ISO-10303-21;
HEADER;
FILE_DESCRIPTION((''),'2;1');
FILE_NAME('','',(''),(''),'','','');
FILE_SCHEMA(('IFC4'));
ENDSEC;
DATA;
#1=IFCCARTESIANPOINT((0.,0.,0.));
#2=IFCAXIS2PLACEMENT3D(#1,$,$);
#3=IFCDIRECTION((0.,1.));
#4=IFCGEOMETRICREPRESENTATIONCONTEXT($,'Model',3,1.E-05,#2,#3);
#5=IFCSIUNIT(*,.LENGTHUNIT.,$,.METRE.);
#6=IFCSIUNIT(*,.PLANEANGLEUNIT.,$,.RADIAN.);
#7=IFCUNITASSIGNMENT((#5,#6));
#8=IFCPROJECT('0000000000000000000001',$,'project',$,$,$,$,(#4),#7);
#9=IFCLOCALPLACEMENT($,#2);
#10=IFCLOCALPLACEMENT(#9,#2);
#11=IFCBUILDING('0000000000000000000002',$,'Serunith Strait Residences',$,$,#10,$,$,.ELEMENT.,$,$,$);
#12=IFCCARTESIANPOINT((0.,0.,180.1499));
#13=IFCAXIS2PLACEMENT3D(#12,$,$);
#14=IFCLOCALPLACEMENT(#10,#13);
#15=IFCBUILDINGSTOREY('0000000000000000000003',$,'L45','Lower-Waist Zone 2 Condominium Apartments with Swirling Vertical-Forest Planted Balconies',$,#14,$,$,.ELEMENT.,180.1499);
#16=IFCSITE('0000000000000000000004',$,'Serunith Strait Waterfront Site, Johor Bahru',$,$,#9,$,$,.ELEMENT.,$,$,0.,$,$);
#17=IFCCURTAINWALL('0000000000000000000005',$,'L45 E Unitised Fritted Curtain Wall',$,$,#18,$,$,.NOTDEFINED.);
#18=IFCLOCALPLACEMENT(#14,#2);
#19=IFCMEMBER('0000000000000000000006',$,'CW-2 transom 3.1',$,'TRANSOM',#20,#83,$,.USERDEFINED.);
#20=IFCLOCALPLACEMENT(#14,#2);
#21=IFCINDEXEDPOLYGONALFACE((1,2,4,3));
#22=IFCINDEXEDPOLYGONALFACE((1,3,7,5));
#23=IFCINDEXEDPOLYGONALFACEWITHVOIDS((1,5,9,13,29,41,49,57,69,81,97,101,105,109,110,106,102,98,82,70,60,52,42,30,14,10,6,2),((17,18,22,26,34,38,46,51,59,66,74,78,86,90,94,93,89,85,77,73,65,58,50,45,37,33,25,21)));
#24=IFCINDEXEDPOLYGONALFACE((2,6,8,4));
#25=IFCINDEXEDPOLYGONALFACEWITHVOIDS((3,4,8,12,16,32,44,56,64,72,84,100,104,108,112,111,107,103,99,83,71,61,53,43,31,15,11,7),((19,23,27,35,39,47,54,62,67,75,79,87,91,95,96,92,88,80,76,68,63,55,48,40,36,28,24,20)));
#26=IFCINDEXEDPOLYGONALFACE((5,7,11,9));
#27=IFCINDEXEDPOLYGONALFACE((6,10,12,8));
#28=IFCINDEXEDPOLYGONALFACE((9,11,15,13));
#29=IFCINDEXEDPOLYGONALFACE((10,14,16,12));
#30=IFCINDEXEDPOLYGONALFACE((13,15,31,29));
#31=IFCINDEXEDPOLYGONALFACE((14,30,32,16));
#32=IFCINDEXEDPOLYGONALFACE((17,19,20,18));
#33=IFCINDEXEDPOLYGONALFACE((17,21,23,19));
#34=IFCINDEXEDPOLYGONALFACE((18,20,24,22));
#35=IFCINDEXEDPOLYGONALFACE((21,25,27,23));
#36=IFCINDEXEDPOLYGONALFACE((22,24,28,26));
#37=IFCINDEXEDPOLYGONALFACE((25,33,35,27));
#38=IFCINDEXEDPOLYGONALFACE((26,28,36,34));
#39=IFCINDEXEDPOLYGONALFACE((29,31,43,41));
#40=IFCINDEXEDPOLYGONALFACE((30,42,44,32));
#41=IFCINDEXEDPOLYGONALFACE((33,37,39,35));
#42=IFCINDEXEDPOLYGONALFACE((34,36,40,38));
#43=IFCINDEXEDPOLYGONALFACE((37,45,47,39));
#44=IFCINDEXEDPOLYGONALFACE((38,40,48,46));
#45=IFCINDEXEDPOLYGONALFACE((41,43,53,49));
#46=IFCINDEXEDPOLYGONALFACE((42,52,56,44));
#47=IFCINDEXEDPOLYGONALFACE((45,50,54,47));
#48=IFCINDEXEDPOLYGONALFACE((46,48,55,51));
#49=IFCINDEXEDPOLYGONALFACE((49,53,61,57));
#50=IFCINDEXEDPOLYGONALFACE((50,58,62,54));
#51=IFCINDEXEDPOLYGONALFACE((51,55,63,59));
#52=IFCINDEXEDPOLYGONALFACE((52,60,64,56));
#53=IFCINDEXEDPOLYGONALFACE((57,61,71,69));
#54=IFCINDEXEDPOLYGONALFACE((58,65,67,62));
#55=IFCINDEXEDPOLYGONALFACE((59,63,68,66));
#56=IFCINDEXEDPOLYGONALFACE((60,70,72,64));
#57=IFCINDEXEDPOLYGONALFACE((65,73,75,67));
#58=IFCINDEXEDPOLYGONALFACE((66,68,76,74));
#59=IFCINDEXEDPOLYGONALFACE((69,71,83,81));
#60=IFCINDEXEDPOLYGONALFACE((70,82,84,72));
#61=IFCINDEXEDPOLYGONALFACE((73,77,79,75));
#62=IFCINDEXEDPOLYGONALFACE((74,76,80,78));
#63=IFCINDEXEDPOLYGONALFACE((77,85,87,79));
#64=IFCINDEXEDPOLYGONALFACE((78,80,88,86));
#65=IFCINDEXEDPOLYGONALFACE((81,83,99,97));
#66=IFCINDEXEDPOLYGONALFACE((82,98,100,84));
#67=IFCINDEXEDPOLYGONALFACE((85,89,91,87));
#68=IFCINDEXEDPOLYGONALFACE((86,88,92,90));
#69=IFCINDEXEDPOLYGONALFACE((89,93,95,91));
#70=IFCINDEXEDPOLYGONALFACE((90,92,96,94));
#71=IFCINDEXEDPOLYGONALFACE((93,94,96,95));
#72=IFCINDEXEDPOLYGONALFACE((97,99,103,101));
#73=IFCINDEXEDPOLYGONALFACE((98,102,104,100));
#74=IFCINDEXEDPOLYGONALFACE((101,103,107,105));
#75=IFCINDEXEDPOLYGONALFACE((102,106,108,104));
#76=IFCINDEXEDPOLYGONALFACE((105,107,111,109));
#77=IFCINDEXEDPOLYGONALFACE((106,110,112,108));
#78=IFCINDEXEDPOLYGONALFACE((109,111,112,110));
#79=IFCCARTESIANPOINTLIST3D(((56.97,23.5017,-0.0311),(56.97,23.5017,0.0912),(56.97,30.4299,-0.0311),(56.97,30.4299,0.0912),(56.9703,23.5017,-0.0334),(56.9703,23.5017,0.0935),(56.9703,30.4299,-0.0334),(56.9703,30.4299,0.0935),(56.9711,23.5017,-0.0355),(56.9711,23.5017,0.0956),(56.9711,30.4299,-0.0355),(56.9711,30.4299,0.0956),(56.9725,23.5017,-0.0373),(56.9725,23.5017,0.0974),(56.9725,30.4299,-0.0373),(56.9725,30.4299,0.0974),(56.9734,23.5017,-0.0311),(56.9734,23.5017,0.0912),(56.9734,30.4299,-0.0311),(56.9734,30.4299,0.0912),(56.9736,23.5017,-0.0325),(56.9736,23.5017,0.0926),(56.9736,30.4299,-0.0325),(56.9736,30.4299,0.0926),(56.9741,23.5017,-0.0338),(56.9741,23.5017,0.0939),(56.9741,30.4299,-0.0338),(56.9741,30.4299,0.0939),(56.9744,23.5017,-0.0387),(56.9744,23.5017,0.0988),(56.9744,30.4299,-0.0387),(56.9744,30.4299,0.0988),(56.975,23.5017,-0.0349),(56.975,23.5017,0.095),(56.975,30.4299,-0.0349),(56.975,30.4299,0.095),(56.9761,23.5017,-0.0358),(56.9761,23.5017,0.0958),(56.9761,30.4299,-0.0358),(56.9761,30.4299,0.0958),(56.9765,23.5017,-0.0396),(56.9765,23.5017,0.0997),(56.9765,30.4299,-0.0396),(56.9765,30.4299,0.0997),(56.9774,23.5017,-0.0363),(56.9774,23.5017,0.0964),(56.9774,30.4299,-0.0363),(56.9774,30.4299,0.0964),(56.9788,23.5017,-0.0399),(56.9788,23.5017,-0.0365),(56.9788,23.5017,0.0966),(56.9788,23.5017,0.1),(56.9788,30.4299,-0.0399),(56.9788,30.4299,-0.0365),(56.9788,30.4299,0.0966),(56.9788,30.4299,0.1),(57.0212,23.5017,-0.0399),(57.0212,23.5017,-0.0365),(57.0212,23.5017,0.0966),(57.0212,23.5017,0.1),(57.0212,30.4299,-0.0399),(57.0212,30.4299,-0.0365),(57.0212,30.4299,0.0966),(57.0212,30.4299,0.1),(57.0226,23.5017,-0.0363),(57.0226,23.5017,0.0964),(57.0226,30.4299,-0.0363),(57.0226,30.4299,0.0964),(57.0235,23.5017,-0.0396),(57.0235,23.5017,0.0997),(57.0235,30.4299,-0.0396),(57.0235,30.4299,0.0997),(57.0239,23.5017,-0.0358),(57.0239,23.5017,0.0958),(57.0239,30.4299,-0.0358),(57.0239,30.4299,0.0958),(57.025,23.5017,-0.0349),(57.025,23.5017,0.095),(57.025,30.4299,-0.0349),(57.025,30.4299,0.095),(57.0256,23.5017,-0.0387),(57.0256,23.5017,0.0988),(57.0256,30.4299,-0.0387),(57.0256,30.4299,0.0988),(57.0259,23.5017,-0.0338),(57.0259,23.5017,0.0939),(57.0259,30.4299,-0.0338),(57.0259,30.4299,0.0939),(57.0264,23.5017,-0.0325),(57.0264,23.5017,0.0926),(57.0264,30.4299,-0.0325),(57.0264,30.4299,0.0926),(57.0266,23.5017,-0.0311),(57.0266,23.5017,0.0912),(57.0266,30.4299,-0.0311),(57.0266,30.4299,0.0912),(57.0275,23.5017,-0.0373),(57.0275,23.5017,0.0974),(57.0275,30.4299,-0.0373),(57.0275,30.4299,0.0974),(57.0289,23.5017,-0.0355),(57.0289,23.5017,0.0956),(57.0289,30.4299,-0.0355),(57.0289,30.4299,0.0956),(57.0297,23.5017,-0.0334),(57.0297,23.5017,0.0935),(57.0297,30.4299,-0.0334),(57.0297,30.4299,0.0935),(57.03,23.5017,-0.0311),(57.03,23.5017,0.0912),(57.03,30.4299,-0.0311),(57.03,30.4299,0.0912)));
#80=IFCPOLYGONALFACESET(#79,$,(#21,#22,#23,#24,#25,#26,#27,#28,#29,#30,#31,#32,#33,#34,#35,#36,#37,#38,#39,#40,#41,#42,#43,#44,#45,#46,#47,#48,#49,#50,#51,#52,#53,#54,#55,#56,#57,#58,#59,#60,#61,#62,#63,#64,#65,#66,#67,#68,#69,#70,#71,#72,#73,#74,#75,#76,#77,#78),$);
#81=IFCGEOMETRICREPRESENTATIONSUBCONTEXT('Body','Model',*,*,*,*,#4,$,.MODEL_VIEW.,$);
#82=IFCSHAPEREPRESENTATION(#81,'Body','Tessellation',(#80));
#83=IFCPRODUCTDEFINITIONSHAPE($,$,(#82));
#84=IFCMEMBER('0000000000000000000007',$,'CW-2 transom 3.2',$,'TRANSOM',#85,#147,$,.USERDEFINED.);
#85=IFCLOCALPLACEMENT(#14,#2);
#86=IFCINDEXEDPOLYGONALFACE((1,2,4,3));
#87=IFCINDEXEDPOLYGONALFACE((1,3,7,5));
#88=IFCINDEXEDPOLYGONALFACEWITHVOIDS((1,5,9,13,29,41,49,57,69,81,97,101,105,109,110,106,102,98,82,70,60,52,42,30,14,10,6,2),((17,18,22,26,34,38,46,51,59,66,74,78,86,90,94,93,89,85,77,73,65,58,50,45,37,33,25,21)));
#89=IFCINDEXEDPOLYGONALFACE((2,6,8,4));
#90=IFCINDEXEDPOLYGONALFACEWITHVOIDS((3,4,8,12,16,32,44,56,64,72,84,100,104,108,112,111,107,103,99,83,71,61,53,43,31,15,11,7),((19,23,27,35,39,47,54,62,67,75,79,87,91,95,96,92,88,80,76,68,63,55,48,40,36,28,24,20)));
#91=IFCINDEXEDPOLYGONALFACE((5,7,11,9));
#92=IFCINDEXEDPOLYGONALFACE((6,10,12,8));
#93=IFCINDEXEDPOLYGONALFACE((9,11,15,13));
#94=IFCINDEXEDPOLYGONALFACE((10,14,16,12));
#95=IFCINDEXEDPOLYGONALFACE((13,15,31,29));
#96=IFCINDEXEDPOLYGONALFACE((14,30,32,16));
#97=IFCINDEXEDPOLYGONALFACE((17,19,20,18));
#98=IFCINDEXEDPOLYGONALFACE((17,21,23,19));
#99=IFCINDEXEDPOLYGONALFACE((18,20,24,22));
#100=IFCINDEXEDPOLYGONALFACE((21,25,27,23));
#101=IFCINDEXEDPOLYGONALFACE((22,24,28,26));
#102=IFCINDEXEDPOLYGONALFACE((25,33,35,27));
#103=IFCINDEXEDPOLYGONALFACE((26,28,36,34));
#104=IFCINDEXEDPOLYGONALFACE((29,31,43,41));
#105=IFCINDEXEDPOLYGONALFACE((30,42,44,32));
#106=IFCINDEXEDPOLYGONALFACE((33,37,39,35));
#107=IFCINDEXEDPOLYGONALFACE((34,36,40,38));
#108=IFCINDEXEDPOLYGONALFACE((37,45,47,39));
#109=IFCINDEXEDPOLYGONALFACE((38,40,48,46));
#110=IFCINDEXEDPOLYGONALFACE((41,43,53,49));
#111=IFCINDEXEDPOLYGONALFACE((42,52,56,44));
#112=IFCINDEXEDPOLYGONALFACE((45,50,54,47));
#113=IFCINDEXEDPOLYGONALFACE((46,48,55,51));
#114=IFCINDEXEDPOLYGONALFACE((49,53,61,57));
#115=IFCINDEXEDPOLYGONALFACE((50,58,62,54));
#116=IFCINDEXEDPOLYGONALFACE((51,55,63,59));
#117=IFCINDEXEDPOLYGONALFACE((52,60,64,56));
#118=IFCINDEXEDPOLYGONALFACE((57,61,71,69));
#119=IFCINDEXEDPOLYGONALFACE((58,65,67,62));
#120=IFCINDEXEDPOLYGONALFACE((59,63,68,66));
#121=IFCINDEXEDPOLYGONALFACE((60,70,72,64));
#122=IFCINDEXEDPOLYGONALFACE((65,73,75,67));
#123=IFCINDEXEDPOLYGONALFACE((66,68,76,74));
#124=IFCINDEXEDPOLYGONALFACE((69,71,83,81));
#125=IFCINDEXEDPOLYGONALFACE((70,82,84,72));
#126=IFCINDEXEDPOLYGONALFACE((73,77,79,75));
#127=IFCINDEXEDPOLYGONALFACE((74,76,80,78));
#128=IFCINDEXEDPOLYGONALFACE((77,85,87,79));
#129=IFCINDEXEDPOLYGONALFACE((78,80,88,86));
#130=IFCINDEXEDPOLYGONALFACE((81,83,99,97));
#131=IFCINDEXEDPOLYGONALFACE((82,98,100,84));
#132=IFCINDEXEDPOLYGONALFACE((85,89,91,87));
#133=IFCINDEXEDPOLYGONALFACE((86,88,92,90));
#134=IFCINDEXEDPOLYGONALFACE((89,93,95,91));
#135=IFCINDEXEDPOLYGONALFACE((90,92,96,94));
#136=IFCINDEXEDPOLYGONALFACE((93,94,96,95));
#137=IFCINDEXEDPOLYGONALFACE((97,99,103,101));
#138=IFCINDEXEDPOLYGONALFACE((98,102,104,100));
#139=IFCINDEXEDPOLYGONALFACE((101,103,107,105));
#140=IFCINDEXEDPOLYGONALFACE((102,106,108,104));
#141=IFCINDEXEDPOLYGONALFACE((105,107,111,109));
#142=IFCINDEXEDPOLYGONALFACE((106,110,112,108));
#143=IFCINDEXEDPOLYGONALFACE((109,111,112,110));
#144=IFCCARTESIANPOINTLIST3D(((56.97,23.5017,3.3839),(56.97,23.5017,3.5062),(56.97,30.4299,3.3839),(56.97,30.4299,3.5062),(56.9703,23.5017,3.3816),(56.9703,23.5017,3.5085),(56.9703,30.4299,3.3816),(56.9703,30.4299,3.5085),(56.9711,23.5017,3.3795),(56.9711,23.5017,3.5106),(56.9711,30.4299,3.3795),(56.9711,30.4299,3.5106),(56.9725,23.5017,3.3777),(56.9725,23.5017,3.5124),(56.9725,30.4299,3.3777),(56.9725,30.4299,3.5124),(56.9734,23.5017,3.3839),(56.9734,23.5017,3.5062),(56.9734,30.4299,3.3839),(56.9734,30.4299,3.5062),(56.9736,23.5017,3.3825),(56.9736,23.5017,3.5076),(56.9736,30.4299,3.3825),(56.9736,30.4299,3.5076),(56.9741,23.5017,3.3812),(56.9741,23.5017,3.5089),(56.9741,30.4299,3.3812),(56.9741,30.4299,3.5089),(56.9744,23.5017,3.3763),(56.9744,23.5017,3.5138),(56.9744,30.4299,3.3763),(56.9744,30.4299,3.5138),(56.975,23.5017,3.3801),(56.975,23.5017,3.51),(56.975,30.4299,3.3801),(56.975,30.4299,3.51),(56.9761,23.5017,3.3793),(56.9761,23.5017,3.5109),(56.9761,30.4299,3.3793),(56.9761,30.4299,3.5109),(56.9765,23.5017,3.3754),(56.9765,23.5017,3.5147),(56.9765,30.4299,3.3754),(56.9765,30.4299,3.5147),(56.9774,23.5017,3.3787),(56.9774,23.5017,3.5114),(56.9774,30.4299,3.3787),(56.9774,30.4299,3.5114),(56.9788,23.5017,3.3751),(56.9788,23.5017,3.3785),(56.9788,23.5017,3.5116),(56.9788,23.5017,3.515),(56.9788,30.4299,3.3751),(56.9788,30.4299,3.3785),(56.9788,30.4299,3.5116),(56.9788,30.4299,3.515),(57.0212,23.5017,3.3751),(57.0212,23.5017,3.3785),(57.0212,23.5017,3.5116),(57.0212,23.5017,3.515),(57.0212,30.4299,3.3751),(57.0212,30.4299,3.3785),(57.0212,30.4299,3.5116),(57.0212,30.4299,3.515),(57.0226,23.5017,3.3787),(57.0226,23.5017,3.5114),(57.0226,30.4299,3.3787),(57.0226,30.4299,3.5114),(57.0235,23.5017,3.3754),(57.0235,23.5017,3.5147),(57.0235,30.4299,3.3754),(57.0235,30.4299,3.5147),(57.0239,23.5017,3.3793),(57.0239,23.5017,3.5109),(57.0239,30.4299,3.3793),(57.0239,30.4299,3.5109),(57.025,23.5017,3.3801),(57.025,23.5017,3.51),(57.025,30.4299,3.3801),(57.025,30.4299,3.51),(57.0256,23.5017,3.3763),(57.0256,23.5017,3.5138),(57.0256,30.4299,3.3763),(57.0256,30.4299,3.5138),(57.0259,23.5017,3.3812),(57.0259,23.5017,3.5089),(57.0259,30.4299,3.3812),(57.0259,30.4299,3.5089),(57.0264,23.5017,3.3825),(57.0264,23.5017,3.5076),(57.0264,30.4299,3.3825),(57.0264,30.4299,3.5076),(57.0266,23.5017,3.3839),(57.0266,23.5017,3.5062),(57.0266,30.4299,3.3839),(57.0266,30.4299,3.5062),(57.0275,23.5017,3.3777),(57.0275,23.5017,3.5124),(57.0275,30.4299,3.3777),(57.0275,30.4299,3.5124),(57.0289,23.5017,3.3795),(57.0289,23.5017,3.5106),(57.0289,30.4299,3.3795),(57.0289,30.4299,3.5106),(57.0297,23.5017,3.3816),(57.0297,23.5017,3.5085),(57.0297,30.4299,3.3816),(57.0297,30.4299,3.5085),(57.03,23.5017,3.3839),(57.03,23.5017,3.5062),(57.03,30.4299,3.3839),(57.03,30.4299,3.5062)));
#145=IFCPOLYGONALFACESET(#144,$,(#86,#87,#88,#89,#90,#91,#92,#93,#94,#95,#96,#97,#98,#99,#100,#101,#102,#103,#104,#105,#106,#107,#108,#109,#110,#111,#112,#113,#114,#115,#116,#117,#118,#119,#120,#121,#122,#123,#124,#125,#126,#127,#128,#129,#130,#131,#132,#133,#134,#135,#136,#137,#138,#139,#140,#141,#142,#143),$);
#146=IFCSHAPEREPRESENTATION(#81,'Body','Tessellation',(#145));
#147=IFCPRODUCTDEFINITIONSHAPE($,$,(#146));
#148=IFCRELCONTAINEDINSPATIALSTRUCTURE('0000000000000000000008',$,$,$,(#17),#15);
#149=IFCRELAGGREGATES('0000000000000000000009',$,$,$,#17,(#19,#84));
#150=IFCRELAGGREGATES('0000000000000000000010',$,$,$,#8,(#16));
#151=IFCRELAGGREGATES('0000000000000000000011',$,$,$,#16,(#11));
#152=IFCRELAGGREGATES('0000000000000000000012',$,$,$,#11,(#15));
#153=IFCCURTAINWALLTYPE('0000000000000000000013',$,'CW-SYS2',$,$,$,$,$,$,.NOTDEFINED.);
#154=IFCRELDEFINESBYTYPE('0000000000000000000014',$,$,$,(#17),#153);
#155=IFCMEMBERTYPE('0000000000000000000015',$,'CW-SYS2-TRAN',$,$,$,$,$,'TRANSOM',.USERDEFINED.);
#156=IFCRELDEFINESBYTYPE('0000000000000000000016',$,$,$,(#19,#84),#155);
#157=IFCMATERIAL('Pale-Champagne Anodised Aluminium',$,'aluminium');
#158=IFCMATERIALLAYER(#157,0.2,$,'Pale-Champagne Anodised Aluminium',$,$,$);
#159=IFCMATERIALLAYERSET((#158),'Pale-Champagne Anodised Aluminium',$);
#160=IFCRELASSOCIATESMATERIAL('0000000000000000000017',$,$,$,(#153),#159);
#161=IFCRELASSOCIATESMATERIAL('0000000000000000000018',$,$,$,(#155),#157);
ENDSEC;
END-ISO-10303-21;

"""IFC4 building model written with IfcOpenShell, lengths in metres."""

from ifc_helpers import new_model, si_unit, direction, frame, origin, origin_2d, place, context, subcontext, project, spatial, hollow_rectangle, extrude, source, transform, mapped, material, layer, layer_set, material_profile, profile_set, type_object, element, aggregate, save


model = new_model("IFC4")

# Units and contexts
model_context = context("Model", 3, precision=1e-05, world=origin(), true_north=direction((0.0, 1.0)))
body_context = subcontext(model_context, "Body", "Model", "MODEL_VIEW")
ifc_project = project(units=[si_unit("LENGTHUNIT", "METRE"), si_unit("PLANEANGLEUNIT", "RADIAN")], contexts=[model_context])

# Site, building, storey
site_placement = place(None, origin())
site = spatial("IfcSite", under=ifc_project, at=site_placement, Name="Serunith Strait Waterfront Site, Johor Bahru", CompositionType="ELEMENT", RefElevation=0.0)
building_placement = place(site_placement, origin())
building = spatial("IfcBuilding", under=site, at=building_placement, Name="Serunith Strait Residences", CompositionType="ELEMENT")
storey_placement = place(building_placement, frame((0.0, 0.0, 180.1499)))
storey = spatial("IfcBuildingStorey", under=building, at=storey_placement, Name="L45", Description="Lower-Waist Zone 2 Condominium Apartments with Swirling Vertical-Forest Planted Balconies", CompositionType="ELEMENT", Elevation=180.1499)

# Curtain wall, members
ifc_material_1 = material(Name="Pale-Champagne Anodised Aluminium", Category="aluminium")
ifc_layer_1 = layer(ifc_material_1, 0.2, Name="Pale-Champagne Anodised Aluminium")
ifc_layer_set_1 = layer_set([ifc_layer_1], Name="Pale-Champagne Anodised Aluminium")
curtain_wall_type = type_object("IfcCurtainWallType", Name="CW-SYS2", PredefinedType="NOTDEFINED", material=ifc_layer_set_1)
curtain_wall_placement = place(storey_placement, origin())
curtain_wall = element("IfcCurtainWall", 1, at=curtain_wall_placement, inside=storey, type_object=curtain_wall_type, Name="L45 E Unitised Fritted Curtain Wall", PredefinedType="NOTDEFINED")
ifc_material_profile_1 = material_profile(ifc_material_1, hollow_rectangle(XDim=0.0601, YDim=0.1399, WallThickness=0.0034, InnerFilletRadius=0.0054, OuterFilletRadius=0.0088, at=origin_2d()), Name="ALU 140x60x3.5")
ifc_profile_set_1 = profile_set([ifc_material_profile_1], Name="Pale-Champagne Anodised Aluminium")
member_type_1 = type_object("IfcMemberType", Name="CW-SYS2-TRAN", ElementType="TRANSOM", PredefinedType="USERDEFINED", material=ifc_profile_set_1)
shared_shape_1 = source(origin(), body_context, "Body", "SweptSolid", [
    extrude(hollow_rectangle(XDim=0.0601, YDim=0.1399, WallThickness=0.0034, InnerFilletRadius=0.0054, OuterFilletRadius=0.0088, at=origin_2d()), origin(), (0.0, 0.0, 1.0), 6.9282),
])
member_1_placement = place(storey_placement, frame((57.0, 23.5017, 0.03), z_axis=(0.0, 1.0, 0.0), x_axis=(-1.0, 0.0, 0.0)))
member_1 = element("IfcMember", 2, at=member_1_placement, type_object=member_type_1, Name="CW-2 transom 3.1", ObjectType="TRANSOM", PredefinedType="USERDEFINED", context=body_context, shape_type="MappedRepresentation", body=[
    mapped(shared_shape_1, transform((0.0, 0.0, 0.0), scale=1.0)),
])
member_2_placement = place(storey_placement, frame((57.0, 23.5017, 3.4451), z_axis=(0.0, 1.0, 0.0), x_axis=(-1.0, 0.0, 0.0)))
member_2 = element("IfcMember", 3, at=member_2_placement, type_object=member_type_1, Name="CW-2 transom 3.2", ObjectType="TRANSOM", PredefinedType="USERDEFINED", context=body_context, shape_type="MappedRepresentation", body=[
    mapped(shared_shape_1, transform((0.0, 0.0, 0.0), scale=1.0)),
])
aggregate(curtain_wall, [member_1, member_2])

save(model, "model.ifc")
